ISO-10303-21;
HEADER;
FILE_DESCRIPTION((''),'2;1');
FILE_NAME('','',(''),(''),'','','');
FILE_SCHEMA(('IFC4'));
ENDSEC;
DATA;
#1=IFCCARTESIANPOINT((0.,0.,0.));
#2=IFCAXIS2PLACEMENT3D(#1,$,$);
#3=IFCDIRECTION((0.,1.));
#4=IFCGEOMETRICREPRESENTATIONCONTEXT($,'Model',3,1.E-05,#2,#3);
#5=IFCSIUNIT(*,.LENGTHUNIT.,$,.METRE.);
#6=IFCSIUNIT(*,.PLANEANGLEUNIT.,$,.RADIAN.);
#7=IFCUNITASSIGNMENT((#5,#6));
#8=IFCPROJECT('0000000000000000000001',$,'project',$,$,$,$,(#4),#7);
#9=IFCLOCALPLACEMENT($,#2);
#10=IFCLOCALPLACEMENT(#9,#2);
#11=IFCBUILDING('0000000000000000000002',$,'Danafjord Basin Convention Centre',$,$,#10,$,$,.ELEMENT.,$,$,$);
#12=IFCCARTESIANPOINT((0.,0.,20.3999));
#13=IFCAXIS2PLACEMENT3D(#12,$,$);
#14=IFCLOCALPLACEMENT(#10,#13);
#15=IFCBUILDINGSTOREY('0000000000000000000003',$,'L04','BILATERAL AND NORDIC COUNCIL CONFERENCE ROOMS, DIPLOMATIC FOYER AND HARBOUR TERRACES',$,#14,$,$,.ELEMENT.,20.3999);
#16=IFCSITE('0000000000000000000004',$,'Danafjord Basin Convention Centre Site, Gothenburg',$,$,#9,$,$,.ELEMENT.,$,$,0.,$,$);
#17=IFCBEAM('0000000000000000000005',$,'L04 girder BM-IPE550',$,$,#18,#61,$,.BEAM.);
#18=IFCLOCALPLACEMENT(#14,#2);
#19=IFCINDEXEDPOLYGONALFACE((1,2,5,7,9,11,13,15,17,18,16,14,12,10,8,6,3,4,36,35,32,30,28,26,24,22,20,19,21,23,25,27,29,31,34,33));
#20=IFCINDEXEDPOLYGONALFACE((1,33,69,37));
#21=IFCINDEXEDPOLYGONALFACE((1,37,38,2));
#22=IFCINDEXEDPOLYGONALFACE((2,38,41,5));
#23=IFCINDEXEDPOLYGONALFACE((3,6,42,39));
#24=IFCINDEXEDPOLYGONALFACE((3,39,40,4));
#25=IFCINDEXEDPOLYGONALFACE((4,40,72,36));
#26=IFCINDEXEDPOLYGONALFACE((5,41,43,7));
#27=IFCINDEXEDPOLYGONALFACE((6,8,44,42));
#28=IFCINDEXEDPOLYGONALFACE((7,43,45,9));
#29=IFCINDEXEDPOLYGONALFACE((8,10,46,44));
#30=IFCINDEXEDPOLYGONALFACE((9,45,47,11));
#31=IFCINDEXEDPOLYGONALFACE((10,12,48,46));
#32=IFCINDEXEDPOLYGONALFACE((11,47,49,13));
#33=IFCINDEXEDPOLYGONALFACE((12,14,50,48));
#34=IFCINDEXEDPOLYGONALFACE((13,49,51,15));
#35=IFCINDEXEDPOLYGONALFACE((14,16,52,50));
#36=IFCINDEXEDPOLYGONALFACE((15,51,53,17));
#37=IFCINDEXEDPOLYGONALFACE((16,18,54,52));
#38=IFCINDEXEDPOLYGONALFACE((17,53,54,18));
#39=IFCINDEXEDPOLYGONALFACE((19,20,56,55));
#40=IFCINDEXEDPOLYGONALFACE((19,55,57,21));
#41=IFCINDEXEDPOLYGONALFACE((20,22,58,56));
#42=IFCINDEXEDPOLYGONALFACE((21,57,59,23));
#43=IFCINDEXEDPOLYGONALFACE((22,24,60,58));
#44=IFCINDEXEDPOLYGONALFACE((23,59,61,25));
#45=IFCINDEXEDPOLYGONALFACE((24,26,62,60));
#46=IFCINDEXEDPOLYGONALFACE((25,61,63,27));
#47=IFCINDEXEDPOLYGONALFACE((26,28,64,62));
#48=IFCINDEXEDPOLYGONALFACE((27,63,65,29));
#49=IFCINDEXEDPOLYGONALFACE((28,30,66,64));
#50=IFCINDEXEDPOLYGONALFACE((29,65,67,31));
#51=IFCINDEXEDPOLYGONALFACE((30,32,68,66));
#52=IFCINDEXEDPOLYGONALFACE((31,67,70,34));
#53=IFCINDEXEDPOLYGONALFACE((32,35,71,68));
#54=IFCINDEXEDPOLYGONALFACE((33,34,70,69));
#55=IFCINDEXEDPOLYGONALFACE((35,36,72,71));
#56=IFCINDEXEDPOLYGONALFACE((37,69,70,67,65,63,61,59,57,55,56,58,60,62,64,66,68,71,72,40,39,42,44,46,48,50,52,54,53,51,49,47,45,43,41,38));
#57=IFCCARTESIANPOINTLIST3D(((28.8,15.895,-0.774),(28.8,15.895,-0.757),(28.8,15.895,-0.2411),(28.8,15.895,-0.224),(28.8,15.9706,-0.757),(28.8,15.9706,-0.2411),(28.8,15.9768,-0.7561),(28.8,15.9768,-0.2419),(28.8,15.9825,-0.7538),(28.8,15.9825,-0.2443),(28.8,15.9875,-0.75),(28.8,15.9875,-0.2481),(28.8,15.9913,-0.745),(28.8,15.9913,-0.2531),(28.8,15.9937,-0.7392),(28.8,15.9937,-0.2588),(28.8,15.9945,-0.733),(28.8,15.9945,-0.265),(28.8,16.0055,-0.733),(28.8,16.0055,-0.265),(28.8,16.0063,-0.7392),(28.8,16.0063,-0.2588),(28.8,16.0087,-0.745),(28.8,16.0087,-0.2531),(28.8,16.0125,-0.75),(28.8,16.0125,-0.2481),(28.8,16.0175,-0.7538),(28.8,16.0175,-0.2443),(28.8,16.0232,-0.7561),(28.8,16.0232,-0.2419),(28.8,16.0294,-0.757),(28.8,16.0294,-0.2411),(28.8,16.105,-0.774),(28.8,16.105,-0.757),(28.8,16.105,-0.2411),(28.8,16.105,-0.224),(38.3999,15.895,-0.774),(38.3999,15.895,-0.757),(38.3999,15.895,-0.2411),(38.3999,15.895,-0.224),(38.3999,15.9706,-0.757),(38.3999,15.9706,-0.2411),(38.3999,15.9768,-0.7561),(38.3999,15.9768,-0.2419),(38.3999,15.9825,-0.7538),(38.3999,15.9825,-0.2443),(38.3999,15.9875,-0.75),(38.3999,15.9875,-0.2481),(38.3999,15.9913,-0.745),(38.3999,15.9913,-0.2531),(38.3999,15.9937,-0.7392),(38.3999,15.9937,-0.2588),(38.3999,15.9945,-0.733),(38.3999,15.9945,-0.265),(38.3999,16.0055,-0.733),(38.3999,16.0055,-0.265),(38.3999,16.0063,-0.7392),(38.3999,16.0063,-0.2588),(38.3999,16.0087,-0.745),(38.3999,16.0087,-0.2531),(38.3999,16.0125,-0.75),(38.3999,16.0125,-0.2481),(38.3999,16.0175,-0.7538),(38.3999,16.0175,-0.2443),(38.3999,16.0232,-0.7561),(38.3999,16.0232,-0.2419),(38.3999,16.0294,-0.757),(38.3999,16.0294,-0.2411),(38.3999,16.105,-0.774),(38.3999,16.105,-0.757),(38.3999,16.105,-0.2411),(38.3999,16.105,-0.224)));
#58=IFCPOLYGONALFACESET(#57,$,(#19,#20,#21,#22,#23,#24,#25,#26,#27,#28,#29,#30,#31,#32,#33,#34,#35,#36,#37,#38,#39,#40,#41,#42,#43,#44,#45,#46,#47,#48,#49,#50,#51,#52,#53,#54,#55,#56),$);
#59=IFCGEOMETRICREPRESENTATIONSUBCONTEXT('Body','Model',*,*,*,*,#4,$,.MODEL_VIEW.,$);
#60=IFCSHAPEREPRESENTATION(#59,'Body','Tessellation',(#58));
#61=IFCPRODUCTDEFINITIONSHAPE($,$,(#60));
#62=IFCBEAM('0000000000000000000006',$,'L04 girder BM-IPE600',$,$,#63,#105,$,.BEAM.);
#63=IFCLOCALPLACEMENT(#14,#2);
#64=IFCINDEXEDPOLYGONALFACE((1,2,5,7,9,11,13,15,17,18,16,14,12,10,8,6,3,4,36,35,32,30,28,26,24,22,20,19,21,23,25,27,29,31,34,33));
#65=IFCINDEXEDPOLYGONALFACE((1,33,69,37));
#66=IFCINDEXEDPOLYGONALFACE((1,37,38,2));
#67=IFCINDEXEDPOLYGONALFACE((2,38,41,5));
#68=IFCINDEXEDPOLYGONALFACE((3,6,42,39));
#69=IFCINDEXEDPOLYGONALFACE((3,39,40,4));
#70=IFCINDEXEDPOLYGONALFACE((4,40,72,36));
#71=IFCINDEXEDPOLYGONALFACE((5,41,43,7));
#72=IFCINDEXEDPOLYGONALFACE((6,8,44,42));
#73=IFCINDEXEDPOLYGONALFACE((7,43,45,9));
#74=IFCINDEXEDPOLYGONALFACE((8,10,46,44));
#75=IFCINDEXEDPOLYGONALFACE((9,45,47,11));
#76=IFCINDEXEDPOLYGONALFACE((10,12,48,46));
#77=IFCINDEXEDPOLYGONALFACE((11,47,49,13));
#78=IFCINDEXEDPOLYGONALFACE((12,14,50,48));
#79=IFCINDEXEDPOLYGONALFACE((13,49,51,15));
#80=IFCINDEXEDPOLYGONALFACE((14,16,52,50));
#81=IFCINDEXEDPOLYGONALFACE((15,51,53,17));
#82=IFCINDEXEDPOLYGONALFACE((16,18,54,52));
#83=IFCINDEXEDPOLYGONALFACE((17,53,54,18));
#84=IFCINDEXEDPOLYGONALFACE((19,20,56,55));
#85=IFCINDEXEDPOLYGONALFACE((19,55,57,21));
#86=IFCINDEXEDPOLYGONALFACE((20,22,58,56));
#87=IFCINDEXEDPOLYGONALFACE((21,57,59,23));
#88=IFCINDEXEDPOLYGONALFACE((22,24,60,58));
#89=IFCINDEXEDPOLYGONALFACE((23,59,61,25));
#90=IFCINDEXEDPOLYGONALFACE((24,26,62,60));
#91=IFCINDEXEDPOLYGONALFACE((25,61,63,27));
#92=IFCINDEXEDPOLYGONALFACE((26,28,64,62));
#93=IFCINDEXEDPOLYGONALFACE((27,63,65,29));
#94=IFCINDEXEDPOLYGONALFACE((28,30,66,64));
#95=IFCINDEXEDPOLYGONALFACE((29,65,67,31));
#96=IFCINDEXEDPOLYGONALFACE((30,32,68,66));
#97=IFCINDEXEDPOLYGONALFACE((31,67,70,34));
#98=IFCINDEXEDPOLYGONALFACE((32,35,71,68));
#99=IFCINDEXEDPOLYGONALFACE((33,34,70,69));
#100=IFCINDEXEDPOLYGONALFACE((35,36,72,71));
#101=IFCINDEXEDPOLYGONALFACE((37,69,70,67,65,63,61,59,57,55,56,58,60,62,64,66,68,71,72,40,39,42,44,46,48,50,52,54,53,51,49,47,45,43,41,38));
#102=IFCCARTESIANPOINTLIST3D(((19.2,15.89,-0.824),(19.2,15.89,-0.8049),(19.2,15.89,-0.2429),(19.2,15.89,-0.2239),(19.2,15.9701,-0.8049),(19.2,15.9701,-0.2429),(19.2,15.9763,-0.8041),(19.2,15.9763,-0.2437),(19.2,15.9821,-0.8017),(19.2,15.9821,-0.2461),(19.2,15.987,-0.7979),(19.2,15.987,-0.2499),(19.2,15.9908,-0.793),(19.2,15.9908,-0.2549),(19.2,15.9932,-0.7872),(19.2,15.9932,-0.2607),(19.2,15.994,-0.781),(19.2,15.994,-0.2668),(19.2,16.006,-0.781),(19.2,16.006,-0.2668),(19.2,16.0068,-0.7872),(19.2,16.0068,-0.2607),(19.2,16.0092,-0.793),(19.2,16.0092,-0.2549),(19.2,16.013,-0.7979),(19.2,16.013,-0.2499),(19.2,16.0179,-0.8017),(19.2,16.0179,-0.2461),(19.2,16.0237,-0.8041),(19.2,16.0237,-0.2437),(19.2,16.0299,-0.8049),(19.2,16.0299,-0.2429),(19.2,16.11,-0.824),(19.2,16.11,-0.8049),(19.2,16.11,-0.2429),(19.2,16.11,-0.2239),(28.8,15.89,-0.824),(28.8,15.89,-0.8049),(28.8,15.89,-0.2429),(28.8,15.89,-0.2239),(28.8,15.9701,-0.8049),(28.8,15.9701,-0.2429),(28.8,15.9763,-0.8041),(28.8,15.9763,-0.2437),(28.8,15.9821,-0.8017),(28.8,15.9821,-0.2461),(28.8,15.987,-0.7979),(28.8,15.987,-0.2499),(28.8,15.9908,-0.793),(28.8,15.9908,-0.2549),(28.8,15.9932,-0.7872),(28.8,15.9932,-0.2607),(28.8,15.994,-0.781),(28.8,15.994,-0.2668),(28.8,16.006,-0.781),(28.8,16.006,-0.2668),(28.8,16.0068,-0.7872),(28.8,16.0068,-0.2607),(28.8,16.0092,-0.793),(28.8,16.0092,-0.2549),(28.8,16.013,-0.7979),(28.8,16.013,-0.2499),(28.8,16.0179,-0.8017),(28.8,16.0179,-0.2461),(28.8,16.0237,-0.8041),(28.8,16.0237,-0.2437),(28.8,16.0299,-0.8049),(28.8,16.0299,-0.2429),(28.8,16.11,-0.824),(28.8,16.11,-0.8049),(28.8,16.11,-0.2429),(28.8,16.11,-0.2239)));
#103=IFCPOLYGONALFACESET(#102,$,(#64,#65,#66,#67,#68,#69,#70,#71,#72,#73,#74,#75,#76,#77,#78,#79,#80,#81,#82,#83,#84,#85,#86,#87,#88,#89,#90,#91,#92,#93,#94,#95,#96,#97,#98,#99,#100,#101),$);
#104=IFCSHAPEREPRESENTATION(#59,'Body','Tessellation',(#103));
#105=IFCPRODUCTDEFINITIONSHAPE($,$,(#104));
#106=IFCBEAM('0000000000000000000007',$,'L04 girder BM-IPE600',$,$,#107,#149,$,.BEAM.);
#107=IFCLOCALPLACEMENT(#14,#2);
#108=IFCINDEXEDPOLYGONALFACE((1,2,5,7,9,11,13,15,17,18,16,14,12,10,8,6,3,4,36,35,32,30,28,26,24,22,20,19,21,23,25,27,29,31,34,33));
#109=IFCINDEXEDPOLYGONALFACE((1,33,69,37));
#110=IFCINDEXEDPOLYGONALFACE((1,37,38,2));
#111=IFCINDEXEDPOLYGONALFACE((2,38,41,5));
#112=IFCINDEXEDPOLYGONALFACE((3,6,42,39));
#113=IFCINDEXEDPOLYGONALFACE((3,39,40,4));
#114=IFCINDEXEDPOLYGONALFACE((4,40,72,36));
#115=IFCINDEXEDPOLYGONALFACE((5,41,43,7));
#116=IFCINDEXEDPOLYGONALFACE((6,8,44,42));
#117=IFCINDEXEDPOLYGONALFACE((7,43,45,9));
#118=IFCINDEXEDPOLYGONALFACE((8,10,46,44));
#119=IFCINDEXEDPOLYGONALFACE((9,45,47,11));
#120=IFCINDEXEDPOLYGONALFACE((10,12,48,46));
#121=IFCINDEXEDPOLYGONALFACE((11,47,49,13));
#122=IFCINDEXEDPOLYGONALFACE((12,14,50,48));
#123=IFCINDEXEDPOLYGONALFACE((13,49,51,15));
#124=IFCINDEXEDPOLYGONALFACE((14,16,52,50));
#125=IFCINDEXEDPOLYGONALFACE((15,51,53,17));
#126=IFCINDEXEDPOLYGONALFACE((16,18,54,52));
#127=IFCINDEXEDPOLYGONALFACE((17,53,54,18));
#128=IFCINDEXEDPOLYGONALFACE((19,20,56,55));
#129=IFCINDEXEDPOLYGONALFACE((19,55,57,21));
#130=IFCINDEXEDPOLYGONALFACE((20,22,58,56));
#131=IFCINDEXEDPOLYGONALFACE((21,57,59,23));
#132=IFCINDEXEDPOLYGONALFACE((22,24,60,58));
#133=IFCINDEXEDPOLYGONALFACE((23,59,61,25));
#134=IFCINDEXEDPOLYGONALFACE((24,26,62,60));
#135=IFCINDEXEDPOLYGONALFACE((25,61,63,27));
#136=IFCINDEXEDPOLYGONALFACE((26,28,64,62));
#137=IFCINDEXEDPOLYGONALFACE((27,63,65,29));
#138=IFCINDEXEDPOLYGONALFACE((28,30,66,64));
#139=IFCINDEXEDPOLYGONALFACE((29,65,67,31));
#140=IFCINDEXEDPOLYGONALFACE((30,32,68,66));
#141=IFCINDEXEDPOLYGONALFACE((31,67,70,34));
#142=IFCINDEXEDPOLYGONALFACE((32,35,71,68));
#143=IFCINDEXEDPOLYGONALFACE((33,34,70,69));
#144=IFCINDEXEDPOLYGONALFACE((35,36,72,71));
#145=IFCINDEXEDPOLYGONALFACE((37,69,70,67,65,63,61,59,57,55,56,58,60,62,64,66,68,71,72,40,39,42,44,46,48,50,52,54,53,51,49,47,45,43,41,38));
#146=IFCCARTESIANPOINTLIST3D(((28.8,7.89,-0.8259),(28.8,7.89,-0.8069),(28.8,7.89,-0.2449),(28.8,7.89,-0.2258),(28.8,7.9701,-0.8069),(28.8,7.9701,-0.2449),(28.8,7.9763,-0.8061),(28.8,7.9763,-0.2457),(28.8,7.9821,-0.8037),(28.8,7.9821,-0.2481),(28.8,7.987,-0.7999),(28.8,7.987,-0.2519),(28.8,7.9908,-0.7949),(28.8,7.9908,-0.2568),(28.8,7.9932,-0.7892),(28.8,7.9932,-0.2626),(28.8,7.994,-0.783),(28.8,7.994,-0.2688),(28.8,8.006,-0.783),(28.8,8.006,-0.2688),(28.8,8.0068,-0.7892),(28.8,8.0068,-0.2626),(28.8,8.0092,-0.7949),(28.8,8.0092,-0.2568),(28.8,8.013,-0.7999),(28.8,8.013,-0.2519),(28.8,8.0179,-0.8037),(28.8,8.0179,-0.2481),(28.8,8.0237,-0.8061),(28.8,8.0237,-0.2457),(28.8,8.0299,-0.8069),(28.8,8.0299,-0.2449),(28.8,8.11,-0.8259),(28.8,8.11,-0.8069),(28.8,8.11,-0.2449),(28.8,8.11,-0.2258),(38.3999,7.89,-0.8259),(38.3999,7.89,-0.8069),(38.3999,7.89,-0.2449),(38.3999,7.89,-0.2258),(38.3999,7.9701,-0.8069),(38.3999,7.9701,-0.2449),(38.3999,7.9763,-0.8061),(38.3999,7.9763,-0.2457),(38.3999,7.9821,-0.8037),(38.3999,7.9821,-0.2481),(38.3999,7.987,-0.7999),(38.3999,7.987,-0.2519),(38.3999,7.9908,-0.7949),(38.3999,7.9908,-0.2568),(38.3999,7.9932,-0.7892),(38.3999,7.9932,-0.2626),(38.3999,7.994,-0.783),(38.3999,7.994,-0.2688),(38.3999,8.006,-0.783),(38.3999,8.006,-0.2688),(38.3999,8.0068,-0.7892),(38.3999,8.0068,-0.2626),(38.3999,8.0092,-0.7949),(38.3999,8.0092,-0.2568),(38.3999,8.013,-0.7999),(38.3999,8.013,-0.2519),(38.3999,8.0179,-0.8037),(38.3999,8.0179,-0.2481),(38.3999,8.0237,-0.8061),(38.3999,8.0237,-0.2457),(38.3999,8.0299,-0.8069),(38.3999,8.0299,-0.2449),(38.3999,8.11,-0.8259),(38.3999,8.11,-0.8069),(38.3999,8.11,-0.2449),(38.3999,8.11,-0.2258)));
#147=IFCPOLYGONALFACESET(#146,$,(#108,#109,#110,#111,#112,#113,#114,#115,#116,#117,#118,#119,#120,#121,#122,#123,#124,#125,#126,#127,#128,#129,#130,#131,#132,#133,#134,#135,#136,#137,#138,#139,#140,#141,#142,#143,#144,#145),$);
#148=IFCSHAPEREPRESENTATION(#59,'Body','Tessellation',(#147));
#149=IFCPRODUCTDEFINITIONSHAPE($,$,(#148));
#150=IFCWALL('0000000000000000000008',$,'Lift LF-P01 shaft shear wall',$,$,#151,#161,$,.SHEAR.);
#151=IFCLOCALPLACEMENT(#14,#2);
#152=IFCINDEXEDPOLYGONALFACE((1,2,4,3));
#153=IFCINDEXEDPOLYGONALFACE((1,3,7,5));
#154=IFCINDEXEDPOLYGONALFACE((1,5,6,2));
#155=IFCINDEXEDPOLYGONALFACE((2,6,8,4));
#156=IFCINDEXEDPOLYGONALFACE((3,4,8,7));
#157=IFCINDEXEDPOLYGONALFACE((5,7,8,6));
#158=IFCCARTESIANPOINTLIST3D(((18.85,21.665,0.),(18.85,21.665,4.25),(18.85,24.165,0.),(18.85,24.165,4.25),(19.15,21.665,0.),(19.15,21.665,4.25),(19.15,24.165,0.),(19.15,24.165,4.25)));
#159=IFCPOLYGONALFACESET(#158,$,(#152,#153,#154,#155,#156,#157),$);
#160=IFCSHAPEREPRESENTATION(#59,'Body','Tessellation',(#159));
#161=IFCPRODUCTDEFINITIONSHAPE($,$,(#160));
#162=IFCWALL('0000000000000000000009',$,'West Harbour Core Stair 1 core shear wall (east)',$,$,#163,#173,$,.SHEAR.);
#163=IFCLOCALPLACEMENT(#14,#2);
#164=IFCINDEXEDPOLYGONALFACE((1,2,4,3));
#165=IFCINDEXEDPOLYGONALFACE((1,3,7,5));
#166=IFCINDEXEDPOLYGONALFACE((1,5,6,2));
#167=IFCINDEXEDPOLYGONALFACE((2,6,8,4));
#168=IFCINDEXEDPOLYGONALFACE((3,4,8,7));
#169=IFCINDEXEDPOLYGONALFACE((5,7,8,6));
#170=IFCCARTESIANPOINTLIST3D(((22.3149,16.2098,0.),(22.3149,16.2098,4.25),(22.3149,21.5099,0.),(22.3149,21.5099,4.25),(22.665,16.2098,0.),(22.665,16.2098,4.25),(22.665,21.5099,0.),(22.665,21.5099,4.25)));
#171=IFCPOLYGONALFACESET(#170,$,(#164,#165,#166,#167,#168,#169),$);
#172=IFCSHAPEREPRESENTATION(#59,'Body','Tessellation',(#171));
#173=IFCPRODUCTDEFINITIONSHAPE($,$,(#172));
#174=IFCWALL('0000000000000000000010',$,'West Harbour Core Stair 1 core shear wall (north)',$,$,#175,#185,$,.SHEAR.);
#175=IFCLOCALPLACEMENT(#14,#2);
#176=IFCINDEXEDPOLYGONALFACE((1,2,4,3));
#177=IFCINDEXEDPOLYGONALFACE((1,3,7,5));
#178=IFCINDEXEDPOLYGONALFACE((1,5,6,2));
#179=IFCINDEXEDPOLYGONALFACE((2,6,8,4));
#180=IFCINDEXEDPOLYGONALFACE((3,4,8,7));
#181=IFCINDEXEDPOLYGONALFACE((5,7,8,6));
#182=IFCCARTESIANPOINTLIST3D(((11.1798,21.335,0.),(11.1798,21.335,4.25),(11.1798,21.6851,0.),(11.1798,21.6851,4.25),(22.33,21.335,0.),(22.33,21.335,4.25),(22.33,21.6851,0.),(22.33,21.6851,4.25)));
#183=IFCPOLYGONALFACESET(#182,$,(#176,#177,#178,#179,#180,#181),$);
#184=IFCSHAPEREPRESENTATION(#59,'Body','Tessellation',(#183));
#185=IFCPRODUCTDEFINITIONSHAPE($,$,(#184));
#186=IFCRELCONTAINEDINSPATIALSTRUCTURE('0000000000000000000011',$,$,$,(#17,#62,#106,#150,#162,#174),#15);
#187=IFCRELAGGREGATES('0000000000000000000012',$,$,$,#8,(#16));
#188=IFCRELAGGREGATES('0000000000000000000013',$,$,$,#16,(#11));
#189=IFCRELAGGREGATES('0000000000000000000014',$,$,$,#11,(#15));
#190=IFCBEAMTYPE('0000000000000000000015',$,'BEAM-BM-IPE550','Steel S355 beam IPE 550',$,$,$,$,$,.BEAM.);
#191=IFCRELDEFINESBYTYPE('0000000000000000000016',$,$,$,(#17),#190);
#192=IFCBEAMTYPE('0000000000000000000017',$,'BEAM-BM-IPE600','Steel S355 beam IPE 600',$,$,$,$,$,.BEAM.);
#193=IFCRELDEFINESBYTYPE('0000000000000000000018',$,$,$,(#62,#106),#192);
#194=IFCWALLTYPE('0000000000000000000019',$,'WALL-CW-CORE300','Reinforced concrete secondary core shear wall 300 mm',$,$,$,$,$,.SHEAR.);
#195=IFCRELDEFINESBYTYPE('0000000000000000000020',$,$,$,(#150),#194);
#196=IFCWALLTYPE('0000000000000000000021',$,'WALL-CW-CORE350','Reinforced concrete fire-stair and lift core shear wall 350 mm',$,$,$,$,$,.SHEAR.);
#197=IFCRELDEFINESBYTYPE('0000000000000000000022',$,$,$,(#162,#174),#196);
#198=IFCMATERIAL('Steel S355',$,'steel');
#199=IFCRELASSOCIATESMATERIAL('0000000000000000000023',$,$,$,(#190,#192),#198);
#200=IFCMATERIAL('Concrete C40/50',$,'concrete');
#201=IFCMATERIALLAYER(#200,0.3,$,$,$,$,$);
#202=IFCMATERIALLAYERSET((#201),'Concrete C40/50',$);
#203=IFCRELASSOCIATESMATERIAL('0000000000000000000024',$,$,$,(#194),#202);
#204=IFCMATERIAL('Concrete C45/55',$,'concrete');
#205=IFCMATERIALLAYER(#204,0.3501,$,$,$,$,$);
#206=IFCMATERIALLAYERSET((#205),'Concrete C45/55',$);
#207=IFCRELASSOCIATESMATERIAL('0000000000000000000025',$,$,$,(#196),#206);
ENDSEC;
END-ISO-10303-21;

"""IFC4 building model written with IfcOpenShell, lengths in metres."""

from ifc_helpers import new_model, si_unit, direction, frame, frame_2d, origin, origin_2d, place, context, subcontext, project, spatial, rectangle, i_section, extrude, material, layer, layer_set, material_profile, profile_set, type_object, element, save


model = new_model("IFC4")

# Units and contexts
model_context = context("Model", 3, precision=1e-05, world=origin(), true_north=direction((0.0, 1.0)))
body_context = subcontext(model_context, "Body", "Model", "MODEL_VIEW")
ifc_project = project(units=[si_unit("LENGTHUNIT", "METRE"), si_unit("PLANEANGLEUNIT", "RADIAN")], contexts=[model_context])

# Site, building, storey
site_placement = place(None, origin())
site = spatial("IfcSite", under=ifc_project, at=site_placement, Name="Danafjord Basin Convention Centre Site, Gothenburg", CompositionType="ELEMENT", RefElevation=0.0)
building_placement = place(site_placement, origin())
building = spatial("IfcBuilding", under=site, at=building_placement, Name="Danafjord Basin Convention Centre", CompositionType="ELEMENT")
storey_placement = place(building_placement, frame((0.0, 0.0, 20.3999)))
storey = spatial("IfcBuildingStorey", under=building, at=storey_placement, Name="L04", Description="BILATERAL AND NORDIC COUNCIL CONFERENCE ROOMS, DIPLOMATIC FOYER AND HARBOUR TERRACES", CompositionType="ELEMENT", Elevation=20.3999)

# Shared definitions
ifc_material_1 = material(Name="Steel S355", Category="steel")

# Beams
ifc_material_profile_1 = material_profile(ifc_material_1, i_section(OverallWidth=0.21, OverallDepth=0.55, WebThickness=0.011, FlangeThickness=0.0171, FilletRadius=0.0239, at=origin_2d()), Name="IPE 550")
ifc_profile_set_1 = profile_set([ifc_material_profile_1], Name="Steel S355")
beam_type_1 = type_object("IfcBeamType", Name="BEAM-BM-IPE550", Description="Steel S355 beam IPE 550", PredefinedType="BEAM", material=ifc_profile_set_1)
beam_1_placement = place(storey_placement, frame((28.8, 16.0, -0.499), z_axis=(1.0, 0.0, 0.0), x_axis=(0.0, 1.0, 0.0)))
element("IfcBeam", 1, at=beam_1_placement, inside=storey, type_object=beam_type_1, Name="L04 girder BM-IPE550", PredefinedType="BEAM", context=body_context, shape_type="SweptSolid", body=[
    extrude(i_section(OverallWidth=0.21, OverallDepth=0.55, WebThickness=0.011, FlangeThickness=0.0171, FilletRadius=0.0239, at=origin_2d()), origin(), (0.0, 0.0, 1.0), 9.5999),
])
ifc_material_profile_2 = material_profile(ifc_material_1, i_section(OverallWidth=0.22, OverallDepth=0.6001, WebThickness=0.012, FlangeThickness=0.019, FilletRadius=0.0239, at=origin_2d()), Name="IPE 600")
ifc_profile_set_2 = profile_set([ifc_material_profile_2], Name="Steel S355")
beam_type_2 = type_object("IfcBeamType", Name="BEAM-BM-IPE600", Description="Steel S355 beam IPE 600", PredefinedType="BEAM", material=ifc_profile_set_2)
beam_2_placement = place(storey_placement, frame((19.2, 16.0, -0.5239), z_axis=(1.0, 0.0, 0.0), x_axis=(0.0, 1.0, 0.0)))
element("IfcBeam", 2, at=beam_2_placement, inside=storey, type_object=beam_type_2, Name="L04 girder BM-IPE600", PredefinedType="BEAM", context=body_context, shape_type="SweptSolid", body=[
    extrude(i_section(OverallWidth=0.22, OverallDepth=0.6001, WebThickness=0.012, FlangeThickness=0.019, FilletRadius=0.0239, at=origin_2d()), origin(), (0.0, 0.0, 1.0), 9.6001),
])
beam_3_placement = place(storey_placement, frame((28.8, 8.0, -0.5259), z_axis=(1.0, 0.0, 0.0), x_axis=(0.0, 1.0, 0.0)))
element("IfcBeam", 3, at=beam_3_placement, inside=storey, type_object=beam_type_2, Name="L04 girder BM-IPE600", PredefinedType="BEAM", context=body_context, shape_type="SweptSolid", body=[
    extrude(i_section(OverallWidth=0.22, OverallDepth=0.6001, WebThickness=0.012, FlangeThickness=0.019, FilletRadius=0.0239, at=origin_2d()), origin(), (0.0, 0.0, 1.0), 9.5999),
])

# Walls
ifc_material_2 = material(Name="Concrete C40/50", Category="concrete")
ifc_layer_1 = layer(ifc_material_2, 0.3)
ifc_layer_set_1 = layer_set([ifc_layer_1], Name="Concrete C40/50")
wall_type_1 = type_object("IfcWallType", Name="WALL-CW-CORE300", Description="Reinforced concrete secondary core shear wall 300 mm", PredefinedType="SHEAR", material=ifc_layer_set_1)
wall_1_placement = place(storey_placement, frame((19.0, 21.665, 0.0), z_axis=(0.0, 0.0, 1.0), x_axis=(0.0, 1.0, 0.0)))
element("IfcWall", 4, at=wall_1_placement, inside=storey, type_object=wall_type_1, Name="Lift LF-P01 shaft shear wall", PredefinedType="SHEAR", context=body_context, shape_type="SweptSolid", body=[
    extrude(rectangle(XDim=2.5, YDim=0.3, at=frame_2d((1.25, 0.0))), origin(), (0.0, 0.0, 1.0), 4.25),
])
ifc_material_3 = material(Name="Concrete C45/55", Category="concrete")
ifc_layer_2 = layer(ifc_material_3, 0.3501)
ifc_layer_set_2 = layer_set([ifc_layer_2], Name="Concrete C45/55")
wall_type_2 = type_object("IfcWallType", Name="WALL-CW-CORE350", Description="Reinforced concrete fire-stair and lift core shear wall 350 mm", PredefinedType="SHEAR", material=ifc_layer_set_2)
wall_2_placement = place(storey_placement, frame((22.49, 16.21, 0.0), z_axis=(0.0, 0.0, 1.0), x_axis=(0.0, 1.0, 0.0)))
element("IfcWall", 5, at=wall_2_placement, inside=storey, type_object=wall_type_2, Name="West Harbour Core Stair 1 core shear wall (east)", PredefinedType="SHEAR", context=body_context, shape_type="SweptSolid", body=[
    extrude(rectangle(XDim=5.3, YDim=0.3501, at=frame_2d((2.6499, 0.0))), origin(), (0.0, 0.0, 1.0), 4.25),
])
wall_3_placement = place(storey_placement, frame((22.3301, 21.51, 0.0), z_axis=(0.0, 0.0, 1.0), x_axis=(-1.0, 0.0, 0.0)))
element("IfcWall", 6, at=wall_3_placement, inside=storey, type_object=wall_type_2, Name="West Harbour Core Stair 1 core shear wall (north)", PredefinedType="SHEAR", context=body_context, shape_type="SweptSolid", body=[
    extrude(rectangle(XDim=11.1501, YDim=0.3501, at=frame_2d((5.5752, 0.0))), origin(), (0.0, 0.0, 1.0), 4.25),
])

save(model, "model.ifc")
